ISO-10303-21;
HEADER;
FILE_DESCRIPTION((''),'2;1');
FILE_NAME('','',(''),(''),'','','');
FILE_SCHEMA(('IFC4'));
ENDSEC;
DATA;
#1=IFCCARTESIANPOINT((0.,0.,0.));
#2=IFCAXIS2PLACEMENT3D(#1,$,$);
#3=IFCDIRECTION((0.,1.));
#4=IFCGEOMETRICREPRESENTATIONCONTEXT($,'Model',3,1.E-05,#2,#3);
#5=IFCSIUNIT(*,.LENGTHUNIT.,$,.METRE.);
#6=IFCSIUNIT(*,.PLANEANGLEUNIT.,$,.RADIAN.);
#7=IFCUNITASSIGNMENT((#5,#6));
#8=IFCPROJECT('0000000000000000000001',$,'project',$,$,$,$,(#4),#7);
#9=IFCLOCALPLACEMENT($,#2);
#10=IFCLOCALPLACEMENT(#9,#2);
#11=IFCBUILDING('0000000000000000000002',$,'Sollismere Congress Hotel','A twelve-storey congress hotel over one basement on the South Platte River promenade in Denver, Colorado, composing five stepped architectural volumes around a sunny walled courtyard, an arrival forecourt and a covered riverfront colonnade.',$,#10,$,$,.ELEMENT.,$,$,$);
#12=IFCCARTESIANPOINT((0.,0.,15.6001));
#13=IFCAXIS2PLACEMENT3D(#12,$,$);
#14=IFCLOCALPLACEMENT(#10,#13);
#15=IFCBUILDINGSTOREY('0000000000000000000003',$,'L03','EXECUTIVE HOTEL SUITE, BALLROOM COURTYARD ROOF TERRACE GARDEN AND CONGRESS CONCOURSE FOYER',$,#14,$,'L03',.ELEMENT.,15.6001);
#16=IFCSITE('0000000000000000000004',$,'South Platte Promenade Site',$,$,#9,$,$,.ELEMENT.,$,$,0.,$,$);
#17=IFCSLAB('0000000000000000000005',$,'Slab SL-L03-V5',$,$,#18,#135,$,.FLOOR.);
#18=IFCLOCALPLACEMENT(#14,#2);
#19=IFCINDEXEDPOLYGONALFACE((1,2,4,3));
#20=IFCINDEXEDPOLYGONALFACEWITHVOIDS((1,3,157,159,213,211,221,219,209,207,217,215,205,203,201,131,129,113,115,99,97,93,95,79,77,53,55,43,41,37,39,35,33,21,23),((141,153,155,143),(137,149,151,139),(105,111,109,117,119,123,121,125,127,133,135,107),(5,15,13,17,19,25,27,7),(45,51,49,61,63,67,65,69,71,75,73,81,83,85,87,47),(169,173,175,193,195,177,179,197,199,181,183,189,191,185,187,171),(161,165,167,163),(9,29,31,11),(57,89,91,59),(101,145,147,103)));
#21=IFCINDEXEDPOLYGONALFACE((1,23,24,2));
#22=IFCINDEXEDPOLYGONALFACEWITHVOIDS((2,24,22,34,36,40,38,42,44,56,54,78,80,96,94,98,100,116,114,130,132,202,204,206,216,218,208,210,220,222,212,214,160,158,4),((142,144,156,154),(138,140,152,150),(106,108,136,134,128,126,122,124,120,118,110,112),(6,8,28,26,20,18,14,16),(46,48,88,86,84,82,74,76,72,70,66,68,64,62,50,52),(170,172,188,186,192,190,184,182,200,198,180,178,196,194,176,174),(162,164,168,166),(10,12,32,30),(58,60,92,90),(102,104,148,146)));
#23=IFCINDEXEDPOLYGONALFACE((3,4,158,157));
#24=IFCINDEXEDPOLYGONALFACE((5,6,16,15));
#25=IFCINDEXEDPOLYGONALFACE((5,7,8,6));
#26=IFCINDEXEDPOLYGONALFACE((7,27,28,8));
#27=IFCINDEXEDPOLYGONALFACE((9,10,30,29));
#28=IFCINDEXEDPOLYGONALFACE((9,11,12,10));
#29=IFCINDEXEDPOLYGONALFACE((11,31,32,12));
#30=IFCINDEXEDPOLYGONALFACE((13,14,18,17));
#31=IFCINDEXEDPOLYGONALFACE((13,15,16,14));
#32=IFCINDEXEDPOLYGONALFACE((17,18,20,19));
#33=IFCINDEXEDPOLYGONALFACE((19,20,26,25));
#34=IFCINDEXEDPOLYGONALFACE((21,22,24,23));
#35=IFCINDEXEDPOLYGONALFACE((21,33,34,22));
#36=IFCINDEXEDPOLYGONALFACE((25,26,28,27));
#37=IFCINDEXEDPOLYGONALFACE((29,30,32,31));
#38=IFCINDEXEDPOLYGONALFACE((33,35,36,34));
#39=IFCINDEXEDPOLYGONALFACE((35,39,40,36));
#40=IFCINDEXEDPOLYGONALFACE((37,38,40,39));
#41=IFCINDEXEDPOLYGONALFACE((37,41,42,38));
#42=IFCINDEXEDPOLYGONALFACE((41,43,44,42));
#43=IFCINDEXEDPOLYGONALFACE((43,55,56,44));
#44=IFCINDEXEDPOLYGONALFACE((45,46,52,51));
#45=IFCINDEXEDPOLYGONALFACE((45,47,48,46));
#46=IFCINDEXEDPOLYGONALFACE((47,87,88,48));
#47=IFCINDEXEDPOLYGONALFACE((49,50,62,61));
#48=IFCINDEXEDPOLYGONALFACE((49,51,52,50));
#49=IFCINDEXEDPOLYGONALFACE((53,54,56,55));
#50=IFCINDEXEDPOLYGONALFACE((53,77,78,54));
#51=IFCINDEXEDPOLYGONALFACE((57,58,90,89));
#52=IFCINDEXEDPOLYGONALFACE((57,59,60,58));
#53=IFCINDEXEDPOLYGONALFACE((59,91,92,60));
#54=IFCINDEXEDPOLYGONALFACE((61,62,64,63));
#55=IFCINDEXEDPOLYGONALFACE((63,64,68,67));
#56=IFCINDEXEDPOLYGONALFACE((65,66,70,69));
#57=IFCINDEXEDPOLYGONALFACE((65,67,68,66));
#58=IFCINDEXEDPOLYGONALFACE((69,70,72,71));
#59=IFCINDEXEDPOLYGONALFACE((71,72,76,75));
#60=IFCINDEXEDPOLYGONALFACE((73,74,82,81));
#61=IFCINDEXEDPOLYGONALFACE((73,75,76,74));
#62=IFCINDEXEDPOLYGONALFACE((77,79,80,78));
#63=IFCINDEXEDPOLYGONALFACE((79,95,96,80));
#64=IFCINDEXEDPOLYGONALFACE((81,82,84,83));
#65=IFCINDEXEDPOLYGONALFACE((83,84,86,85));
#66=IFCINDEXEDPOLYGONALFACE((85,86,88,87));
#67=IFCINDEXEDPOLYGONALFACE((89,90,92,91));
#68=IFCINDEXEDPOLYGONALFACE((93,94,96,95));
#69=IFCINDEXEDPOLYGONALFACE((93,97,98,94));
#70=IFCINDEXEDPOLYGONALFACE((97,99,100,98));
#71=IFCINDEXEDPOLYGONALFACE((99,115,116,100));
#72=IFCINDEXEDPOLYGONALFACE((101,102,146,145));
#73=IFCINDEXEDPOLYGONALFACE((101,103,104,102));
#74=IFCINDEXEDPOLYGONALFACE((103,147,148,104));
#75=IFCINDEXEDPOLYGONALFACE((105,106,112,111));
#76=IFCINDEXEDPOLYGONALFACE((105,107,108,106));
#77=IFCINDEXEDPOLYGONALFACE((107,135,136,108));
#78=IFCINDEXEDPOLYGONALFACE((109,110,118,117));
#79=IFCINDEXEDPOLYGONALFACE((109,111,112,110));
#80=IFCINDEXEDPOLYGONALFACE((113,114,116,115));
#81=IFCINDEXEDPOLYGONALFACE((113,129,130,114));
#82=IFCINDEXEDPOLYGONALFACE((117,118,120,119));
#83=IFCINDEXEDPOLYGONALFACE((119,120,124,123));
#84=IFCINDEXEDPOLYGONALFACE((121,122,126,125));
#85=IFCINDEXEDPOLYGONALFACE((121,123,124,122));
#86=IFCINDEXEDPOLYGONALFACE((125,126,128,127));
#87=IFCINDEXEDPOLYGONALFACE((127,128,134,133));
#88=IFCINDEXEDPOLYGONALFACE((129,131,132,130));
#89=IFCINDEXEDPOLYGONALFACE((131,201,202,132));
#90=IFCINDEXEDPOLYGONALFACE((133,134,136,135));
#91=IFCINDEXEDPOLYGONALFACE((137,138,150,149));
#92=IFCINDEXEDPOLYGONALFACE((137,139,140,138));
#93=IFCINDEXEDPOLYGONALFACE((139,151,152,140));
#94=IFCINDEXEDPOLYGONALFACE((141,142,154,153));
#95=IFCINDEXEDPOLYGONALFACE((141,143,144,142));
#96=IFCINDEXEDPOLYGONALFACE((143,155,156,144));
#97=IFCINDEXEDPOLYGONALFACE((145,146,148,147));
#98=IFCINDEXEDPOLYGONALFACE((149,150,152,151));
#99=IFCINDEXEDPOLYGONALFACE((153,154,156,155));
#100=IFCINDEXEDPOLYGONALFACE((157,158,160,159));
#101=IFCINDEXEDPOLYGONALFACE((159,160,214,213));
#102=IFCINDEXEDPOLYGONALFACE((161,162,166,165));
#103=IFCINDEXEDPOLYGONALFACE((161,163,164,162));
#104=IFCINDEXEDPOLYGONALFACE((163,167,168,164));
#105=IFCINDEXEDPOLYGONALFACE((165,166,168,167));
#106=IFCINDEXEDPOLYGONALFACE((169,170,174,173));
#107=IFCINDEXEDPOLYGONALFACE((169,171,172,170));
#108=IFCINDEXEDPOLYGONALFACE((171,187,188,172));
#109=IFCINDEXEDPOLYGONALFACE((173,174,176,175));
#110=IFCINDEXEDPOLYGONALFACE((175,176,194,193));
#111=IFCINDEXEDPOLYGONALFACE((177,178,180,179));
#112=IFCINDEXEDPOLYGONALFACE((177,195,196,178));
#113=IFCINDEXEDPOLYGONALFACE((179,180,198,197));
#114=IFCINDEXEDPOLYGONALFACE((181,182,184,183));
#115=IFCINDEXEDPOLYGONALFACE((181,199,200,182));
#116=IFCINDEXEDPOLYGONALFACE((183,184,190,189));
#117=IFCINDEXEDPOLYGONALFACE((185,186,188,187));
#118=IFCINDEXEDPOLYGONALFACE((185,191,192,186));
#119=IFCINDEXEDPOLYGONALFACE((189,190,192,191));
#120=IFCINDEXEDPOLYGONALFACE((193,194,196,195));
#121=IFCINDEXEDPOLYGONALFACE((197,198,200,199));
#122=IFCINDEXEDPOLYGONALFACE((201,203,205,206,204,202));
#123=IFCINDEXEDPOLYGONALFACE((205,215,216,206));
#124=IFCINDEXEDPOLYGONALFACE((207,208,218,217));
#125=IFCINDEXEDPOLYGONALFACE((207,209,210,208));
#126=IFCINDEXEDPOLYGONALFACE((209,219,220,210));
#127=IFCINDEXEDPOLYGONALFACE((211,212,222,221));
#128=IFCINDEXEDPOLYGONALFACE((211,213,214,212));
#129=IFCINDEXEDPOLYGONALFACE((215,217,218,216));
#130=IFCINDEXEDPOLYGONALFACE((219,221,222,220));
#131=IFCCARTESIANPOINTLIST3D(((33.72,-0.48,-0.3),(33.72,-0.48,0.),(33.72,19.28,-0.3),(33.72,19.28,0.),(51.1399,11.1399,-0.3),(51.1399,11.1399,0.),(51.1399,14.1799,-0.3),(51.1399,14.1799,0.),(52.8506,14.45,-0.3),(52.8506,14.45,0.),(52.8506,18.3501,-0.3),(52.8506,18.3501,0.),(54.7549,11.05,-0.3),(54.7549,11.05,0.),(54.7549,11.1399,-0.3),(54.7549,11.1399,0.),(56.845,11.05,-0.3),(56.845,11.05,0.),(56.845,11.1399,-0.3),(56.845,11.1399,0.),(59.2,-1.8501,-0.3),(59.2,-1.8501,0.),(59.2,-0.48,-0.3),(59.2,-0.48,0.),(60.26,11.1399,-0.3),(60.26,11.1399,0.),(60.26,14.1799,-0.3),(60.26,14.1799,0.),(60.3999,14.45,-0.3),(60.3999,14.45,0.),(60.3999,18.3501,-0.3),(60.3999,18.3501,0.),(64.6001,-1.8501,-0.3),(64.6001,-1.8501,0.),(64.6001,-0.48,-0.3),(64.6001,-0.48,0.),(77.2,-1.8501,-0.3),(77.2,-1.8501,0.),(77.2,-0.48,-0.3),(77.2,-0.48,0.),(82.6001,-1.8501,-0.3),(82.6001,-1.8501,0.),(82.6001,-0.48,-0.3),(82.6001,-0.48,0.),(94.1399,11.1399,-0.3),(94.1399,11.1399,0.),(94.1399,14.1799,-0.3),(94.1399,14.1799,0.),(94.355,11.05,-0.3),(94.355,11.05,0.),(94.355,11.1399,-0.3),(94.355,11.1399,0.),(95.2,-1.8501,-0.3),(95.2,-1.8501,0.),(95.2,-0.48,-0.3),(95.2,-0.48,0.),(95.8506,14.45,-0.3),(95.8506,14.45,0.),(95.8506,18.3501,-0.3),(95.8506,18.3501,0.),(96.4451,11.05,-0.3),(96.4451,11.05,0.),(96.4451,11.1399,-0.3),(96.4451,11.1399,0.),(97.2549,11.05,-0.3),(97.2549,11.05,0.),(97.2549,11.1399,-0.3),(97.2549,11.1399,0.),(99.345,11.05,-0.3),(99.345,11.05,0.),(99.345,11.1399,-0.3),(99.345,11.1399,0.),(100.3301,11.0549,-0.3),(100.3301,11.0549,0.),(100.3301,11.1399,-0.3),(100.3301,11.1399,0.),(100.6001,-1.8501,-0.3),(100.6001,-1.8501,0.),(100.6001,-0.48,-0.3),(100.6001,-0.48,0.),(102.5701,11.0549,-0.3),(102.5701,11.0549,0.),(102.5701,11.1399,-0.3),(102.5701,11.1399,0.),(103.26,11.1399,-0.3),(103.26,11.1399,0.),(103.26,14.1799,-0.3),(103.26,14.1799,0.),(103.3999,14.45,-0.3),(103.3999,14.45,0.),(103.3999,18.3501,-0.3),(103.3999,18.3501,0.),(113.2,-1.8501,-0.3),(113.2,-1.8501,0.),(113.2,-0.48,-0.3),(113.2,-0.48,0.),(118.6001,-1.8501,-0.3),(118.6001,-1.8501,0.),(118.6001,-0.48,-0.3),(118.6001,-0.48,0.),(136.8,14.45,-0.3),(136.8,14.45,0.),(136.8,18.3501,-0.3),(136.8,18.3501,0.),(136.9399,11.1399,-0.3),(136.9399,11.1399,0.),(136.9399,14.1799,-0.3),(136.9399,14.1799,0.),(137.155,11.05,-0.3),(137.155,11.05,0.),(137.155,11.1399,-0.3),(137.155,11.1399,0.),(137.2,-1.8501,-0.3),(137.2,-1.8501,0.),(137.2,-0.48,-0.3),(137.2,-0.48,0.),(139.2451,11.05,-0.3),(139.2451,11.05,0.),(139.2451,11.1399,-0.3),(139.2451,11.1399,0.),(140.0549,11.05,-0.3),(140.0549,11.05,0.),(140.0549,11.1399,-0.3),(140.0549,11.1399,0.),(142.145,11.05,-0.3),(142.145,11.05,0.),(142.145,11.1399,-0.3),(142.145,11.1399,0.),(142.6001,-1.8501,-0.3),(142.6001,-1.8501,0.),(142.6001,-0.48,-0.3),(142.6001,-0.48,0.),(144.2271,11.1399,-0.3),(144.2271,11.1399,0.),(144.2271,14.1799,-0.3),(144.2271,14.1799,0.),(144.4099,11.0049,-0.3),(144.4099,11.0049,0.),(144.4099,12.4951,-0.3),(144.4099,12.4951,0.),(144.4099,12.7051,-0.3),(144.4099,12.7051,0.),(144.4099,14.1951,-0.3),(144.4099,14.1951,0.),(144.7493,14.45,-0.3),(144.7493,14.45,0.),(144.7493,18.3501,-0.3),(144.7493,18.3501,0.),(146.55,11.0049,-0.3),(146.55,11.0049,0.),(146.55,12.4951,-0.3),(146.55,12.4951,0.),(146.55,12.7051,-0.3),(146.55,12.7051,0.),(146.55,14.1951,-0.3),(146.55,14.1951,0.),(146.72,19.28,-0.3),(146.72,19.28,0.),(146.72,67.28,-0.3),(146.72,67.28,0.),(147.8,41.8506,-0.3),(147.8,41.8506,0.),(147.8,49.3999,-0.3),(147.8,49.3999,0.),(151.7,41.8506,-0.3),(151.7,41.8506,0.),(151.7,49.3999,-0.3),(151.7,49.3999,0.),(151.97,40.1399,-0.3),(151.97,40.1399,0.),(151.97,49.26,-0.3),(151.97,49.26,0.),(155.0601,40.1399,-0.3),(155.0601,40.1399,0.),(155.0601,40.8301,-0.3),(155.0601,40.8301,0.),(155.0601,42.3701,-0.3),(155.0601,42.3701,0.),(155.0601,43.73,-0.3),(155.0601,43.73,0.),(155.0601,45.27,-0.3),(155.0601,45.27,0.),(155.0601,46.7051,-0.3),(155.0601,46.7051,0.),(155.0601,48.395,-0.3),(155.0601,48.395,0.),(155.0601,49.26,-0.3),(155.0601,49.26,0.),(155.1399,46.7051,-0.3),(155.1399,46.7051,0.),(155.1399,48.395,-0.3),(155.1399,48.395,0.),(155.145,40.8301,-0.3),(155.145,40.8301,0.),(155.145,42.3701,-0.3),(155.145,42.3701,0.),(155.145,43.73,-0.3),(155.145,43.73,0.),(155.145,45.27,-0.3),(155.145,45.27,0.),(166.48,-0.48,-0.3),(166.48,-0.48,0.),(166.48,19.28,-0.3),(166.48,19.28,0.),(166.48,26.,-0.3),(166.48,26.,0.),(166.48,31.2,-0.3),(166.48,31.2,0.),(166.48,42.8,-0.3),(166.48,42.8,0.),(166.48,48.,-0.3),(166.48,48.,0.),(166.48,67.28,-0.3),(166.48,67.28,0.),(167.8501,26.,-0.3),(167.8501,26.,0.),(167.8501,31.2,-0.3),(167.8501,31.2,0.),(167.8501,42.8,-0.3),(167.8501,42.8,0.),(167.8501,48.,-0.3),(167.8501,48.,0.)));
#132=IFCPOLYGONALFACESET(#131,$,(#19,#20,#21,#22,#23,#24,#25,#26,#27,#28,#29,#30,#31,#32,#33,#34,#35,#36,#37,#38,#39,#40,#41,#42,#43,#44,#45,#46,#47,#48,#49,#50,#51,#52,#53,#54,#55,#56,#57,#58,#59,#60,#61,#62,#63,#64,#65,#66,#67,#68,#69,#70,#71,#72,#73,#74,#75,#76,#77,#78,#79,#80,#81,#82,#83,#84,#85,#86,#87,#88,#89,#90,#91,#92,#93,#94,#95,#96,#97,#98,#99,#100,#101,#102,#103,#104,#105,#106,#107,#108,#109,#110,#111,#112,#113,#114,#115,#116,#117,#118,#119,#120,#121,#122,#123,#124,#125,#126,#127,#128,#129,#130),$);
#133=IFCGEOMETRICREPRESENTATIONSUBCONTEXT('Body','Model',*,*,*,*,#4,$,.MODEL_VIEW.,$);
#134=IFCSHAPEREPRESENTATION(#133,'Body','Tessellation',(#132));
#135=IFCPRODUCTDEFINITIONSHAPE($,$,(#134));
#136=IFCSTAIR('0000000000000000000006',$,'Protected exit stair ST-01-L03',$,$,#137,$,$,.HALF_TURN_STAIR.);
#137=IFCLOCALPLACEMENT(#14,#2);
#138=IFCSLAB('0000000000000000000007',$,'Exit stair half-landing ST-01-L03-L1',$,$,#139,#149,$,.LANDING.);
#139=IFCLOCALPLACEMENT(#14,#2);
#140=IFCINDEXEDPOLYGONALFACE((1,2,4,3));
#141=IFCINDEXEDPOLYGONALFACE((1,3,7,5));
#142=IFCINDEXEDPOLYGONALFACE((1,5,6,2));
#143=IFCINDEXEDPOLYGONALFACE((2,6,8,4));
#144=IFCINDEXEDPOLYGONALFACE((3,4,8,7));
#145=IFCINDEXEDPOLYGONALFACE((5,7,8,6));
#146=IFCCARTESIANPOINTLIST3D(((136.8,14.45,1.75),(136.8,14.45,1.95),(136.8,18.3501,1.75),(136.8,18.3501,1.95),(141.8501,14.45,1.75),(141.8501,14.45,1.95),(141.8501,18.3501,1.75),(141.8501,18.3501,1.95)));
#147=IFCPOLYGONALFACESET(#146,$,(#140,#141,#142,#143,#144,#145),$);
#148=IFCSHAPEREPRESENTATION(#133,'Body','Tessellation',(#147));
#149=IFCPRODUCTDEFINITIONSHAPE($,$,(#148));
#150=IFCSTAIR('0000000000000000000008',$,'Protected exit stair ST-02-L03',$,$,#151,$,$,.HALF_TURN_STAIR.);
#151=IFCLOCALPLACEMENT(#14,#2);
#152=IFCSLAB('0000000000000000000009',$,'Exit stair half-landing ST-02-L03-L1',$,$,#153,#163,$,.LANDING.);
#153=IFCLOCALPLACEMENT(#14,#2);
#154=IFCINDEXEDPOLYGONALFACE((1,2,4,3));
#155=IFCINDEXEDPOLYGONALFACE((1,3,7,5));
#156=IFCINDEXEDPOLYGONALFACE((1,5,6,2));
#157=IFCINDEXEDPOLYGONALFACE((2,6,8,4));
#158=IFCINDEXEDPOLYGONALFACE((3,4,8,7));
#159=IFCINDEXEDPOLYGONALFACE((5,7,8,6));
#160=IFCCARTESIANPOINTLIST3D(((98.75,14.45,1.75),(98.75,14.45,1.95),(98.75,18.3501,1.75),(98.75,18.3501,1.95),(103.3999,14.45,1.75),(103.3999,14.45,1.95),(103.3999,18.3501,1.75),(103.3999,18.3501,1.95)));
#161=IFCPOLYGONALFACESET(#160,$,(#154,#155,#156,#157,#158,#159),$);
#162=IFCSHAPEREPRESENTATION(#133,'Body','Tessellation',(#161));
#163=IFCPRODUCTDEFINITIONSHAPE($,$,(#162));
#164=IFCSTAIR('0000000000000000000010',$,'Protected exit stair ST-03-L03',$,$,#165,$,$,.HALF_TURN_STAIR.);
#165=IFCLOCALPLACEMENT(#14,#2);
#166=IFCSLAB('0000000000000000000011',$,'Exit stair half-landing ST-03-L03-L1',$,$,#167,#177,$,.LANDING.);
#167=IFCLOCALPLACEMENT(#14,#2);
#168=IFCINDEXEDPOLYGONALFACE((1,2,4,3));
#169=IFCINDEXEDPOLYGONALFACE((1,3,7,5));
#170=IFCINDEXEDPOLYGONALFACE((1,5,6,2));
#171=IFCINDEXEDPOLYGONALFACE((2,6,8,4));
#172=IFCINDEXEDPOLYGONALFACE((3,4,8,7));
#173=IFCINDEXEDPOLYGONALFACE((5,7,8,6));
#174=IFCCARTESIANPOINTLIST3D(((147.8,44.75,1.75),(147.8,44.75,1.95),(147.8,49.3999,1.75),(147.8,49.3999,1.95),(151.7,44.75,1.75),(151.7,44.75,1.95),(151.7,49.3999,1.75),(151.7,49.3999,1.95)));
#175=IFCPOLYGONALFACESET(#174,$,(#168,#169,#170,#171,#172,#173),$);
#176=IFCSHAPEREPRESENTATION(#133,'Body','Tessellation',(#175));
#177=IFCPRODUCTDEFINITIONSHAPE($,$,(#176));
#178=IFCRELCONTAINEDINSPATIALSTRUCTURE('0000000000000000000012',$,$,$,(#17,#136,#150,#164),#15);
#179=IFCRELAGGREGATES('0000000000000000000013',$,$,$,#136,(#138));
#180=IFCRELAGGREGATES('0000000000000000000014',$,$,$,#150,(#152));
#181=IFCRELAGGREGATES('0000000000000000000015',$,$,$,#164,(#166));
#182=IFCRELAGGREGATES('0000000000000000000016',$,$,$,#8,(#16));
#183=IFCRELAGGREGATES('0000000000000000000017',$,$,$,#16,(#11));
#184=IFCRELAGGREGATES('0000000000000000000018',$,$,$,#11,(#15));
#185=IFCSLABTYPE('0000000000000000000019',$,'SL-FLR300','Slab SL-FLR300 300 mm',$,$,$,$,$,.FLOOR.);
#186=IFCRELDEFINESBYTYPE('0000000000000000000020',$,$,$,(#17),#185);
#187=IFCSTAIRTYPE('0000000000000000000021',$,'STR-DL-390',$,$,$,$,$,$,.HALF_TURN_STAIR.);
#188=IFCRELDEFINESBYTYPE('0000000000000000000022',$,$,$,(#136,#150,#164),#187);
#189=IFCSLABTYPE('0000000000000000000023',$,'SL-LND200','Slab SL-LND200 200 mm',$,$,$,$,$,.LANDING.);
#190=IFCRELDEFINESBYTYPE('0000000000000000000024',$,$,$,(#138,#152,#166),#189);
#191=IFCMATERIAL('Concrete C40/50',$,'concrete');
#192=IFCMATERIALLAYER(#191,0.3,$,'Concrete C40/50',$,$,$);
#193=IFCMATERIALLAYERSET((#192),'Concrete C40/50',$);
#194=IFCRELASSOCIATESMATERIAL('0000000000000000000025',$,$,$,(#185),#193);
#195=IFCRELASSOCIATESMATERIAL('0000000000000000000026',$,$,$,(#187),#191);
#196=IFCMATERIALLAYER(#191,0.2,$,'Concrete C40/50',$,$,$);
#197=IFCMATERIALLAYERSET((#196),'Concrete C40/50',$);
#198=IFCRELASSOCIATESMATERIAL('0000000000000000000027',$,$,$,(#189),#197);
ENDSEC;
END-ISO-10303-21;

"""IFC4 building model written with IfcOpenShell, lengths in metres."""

from ifc_helpers import new_model, si_unit, direction, frame, origin, place, context, subcontext, project, spatial, polyline, outline, extrude, material, layer, layer_set, type_object, element, aggregate, save


model = new_model("IFC4")

# Units and contexts
model_context = context("Model", 3, precision=1e-05, world=origin(), true_north=direction((0.0, 1.0)))
body_context = subcontext(model_context, "Body", "Model", "MODEL_VIEW")
ifc_project = project(units=[si_unit("LENGTHUNIT", "METRE"), si_unit("PLANEANGLEUNIT", "RADIAN")], contexts=[model_context])

# Site, building, storey
site_placement = place(None, origin())
site = spatial("IfcSite", under=ifc_project, at=site_placement, Name="South Platte Promenade Site", CompositionType="ELEMENT", RefElevation=0.0)
building_placement = place(site_placement, origin())
building = spatial("IfcBuilding", under=site, at=building_placement, Name="Sollismere Congress Hotel", Description="A twelve-storey congress hotel over one basement on the South Platte River promenade in Denver, Colorado, composing five stepped architectural volumes around a sunny walled courtyard, an arrival forecourt and a covered riverfront colonnade.", CompositionType="ELEMENT")
storey_placement = place(building_placement, frame((0.0, 0.0, 15.6001)))
storey = spatial("IfcBuildingStorey", under=building, at=storey_placement, Name="L03", Description="EXECUTIVE HOTEL SUITE, BALLROOM COURTYARD ROOF TERRACE GARDEN AND CONGRESS CONCOURSE FOYER", LongName="L03", CompositionType="ELEMENT", Elevation=15.6001)

# Slab
ifc_material_1 = material(Name="Concrete C40/50", Category="concrete")
ifc_layer_1 = layer(ifc_material_1, 0.3, Name="Concrete C40/50")
ifc_layer_set_1 = layer_set([ifc_layer_1], Name="Concrete C40/50")
slab_type_1 = type_object("IfcSlabType", Name="SL-FLR300", Description="Slab SL-FLR300 300 mm", PredefinedType="FLOOR", material=ifc_layer_set_1)
slab_1_placement = place(storey_placement, frame((0.0, 0.0, -0.3)))
element("IfcSlab", 1, at=slab_1_placement, inside=storey, type_object=slab_type_1, Name="Slab SL-L03-V5", PredefinedType="FLOOR", context=body_context, shape_type="SweptSolid", body=[
    extrude(outline(polyline([(64.6001, -1.8501), (64.6001, -0.48), (77.2, -0.48), (77.2, -1.8501), (82.6001, -1.8501), (82.6001, -0.48), (95.2, -0.48), (95.2, -1.8501), (100.6001, -1.8501), (100.6001, -0.48), (113.2, -0.48), (113.2, -1.8501), (118.6001, -1.8501), (118.6001, -0.48), (137.2, -0.48), (137.2, -1.8501), (142.6001, -1.8501), (142.6001, -0.48), (166.48, -0.48), (166.48, 19.28), (166.48, 26.0), (167.8501, 26.0), (167.8501, 31.2), (166.48, 31.2), (166.48, 42.8), (167.8501, 42.8), (167.8501, 48.0), (166.48, 48.0), (166.48, 67.28), (146.72, 67.28), (146.72, 19.28), (33.72, 19.28), (33.72, -0.48), (59.2, -0.48), (59.2, -1.8501), (64.6001, -1.8501)]), holes=[polyline([(54.7549, 11.05), (54.7549, 11.1399), (51.1399, 11.1399), (51.1399, 14.1799), (60.26, 14.1799), (60.26, 11.1399), (56.845, 11.1399), (56.845, 11.05), (54.7549, 11.05)]), polyline([(94.355, 11.05), (94.355, 11.1399), (94.1399, 11.1399), (94.1399, 14.1799), (103.26, 14.1799), (103.26, 11.1399), (102.5701, 11.1399), (102.5701, 11.0549), (100.3301, 11.0549), (100.3301, 11.1399), (99.345, 11.1399), (99.345, 11.05), (97.2549, 11.05), (97.2549, 11.1399), (96.4451, 11.1399), (96.4451, 11.05), (94.355, 11.05)]), polyline([(137.155, 11.05), (137.155, 11.1399), (136.9399, 11.1399), (136.9399, 14.1799), (144.2271, 14.1799), (144.2271, 11.1399), (142.145, 11.1399), (142.145, 11.05), (140.0549, 11.05), (140.0549, 11.1399), (139.2451, 11.1399), (139.2451, 11.05), (137.155, 11.05)]), polyline([(52.8506, 18.3501), (60.3999, 18.3501), (60.3999, 14.45), (52.8506, 14.45), (52.8506, 18.3501)]), polyline([(95.8506, 14.45), (95.8506, 18.3501), (103.3999, 18.3501), (103.3999, 14.45), (95.8506, 14.45)]), polyline([(146.55, 11.0049), (144.4099, 11.0049), (144.4099, 12.4951), (146.55, 12.4951), (146.55, 11.0049)]), polyline([(144.4099, 12.7051), (144.4099, 14.1951), (146.55, 14.1951), (146.55, 12.7051), (144.4099, 12.7051)]), polyline([(144.7493, 14.45), (136.8, 14.45), (136.8, 18.3501), (144.7493, 18.3501), (144.7493, 14.45)]), polyline([(155.0601, 40.8301), (155.0601, 40.1399), (151.97, 40.1399), (151.97, 49.26), (155.0601, 49.26), (155.0601, 48.395), (155.1399, 48.395), (155.1399, 46.7051), (155.0601, 46.7051), (155.0601, 45.27), (155.145, 45.27), (155.145, 43.73), (155.0601, 43.73), (155.0601, 42.3701), (155.145, 42.3701), (155.145, 40.8301), (155.0601, 40.8301)]), polyline([(147.8, 41.8506), (147.8, 49.3999), (151.7, 49.3999), (151.7, 41.8506), (147.8, 41.8506)])]), origin(), (0.0, 0.0, 1.0), 0.3),
])

# Stairs, slabs
stair_type = type_object("IfcStairType", Name="STR-DL-390", PredefinedType="HALF_TURN_STAIR", material=ifc_material_1)
stair_1_placement = place(storey_placement, origin())
stair_1 = element("IfcStair", 2, at=stair_1_placement, inside=storey, type_object=stair_type, Name="Protected exit stair ST-01-L03", PredefinedType="HALF_TURN_STAIR")
ifc_layer_2 = layer(ifc_material_1, 0.2, Name="Concrete C40/50")
ifc_layer_set_2 = layer_set([ifc_layer_2], Name="Concrete C40/50")
slab_type_2 = type_object("IfcSlabType", Name="SL-LND200", Description="Slab SL-LND200 200 mm", PredefinedType="LANDING", material=ifc_layer_set_2)
slab_2_placement = place(storey_placement, frame((0.0, 0.0, 1.75)))
slab_2 = element("IfcSlab", 3, at=slab_2_placement, type_object=slab_type_2, Name="Exit stair half-landing ST-01-L03-L1", PredefinedType="LANDING", context=body_context, shape_type="SweptSolid", body=[
    extrude(outline(polyline([(141.8501, 18.3501), (136.8, 18.3501), (136.8, 14.45), (141.8501, 14.45), (141.8501, 18.3501)])), origin(), (0.0, 0.0, 1.0), 0.2),
])
aggregate(stair_1, [slab_2])
stair_2_placement = place(storey_placement, origin())
stair_2 = element("IfcStair", 4, at=stair_2_placement, inside=storey, type_object=stair_type, Name="Protected exit stair ST-02-L03", PredefinedType="HALF_TURN_STAIR")
slab_3_placement = place(storey_placement, frame((0.0, 0.0, 1.75)))
slab_3 = element("IfcSlab", 5, at=slab_3_placement, type_object=slab_type_2, Name="Exit stair half-landing ST-02-L03-L1", PredefinedType="LANDING", context=body_context, shape_type="SweptSolid", body=[
    extrude(outline(polyline([(98.75, 14.45), (103.3999, 14.45), (103.3999, 18.3501), (98.75, 18.3501), (98.75, 14.45)])), origin(), (0.0, 0.0, 1.0), 0.2),
])
aggregate(stair_2, [slab_3])
stair_3_placement = place(storey_placement, origin())
stair_3 = element("IfcStair", 6, at=stair_3_placement, inside=storey, type_object=stair_type, Name="Protected exit stair ST-03-L03", PredefinedType="HALF_TURN_STAIR")
slab_4_placement = place(storey_placement, frame((0.0, 0.0, 1.75)))
slab_4 = element("IfcSlab", 7, at=slab_4_placement, type_object=slab_type_2, Name="Exit stair half-landing ST-03-L03-L1", PredefinedType="LANDING", context=body_context, shape_type="SweptSolid", body=[
    extrude(outline(polyline([(151.7, 44.75), (151.7, 49.3999), (147.8, 49.3999), (147.8, 44.75), (151.7, 44.75)])), origin(), (0.0, 0.0, 1.0), 0.2),
])
aggregate(stair_3, [slab_4])

save(model, "model.ifc")
